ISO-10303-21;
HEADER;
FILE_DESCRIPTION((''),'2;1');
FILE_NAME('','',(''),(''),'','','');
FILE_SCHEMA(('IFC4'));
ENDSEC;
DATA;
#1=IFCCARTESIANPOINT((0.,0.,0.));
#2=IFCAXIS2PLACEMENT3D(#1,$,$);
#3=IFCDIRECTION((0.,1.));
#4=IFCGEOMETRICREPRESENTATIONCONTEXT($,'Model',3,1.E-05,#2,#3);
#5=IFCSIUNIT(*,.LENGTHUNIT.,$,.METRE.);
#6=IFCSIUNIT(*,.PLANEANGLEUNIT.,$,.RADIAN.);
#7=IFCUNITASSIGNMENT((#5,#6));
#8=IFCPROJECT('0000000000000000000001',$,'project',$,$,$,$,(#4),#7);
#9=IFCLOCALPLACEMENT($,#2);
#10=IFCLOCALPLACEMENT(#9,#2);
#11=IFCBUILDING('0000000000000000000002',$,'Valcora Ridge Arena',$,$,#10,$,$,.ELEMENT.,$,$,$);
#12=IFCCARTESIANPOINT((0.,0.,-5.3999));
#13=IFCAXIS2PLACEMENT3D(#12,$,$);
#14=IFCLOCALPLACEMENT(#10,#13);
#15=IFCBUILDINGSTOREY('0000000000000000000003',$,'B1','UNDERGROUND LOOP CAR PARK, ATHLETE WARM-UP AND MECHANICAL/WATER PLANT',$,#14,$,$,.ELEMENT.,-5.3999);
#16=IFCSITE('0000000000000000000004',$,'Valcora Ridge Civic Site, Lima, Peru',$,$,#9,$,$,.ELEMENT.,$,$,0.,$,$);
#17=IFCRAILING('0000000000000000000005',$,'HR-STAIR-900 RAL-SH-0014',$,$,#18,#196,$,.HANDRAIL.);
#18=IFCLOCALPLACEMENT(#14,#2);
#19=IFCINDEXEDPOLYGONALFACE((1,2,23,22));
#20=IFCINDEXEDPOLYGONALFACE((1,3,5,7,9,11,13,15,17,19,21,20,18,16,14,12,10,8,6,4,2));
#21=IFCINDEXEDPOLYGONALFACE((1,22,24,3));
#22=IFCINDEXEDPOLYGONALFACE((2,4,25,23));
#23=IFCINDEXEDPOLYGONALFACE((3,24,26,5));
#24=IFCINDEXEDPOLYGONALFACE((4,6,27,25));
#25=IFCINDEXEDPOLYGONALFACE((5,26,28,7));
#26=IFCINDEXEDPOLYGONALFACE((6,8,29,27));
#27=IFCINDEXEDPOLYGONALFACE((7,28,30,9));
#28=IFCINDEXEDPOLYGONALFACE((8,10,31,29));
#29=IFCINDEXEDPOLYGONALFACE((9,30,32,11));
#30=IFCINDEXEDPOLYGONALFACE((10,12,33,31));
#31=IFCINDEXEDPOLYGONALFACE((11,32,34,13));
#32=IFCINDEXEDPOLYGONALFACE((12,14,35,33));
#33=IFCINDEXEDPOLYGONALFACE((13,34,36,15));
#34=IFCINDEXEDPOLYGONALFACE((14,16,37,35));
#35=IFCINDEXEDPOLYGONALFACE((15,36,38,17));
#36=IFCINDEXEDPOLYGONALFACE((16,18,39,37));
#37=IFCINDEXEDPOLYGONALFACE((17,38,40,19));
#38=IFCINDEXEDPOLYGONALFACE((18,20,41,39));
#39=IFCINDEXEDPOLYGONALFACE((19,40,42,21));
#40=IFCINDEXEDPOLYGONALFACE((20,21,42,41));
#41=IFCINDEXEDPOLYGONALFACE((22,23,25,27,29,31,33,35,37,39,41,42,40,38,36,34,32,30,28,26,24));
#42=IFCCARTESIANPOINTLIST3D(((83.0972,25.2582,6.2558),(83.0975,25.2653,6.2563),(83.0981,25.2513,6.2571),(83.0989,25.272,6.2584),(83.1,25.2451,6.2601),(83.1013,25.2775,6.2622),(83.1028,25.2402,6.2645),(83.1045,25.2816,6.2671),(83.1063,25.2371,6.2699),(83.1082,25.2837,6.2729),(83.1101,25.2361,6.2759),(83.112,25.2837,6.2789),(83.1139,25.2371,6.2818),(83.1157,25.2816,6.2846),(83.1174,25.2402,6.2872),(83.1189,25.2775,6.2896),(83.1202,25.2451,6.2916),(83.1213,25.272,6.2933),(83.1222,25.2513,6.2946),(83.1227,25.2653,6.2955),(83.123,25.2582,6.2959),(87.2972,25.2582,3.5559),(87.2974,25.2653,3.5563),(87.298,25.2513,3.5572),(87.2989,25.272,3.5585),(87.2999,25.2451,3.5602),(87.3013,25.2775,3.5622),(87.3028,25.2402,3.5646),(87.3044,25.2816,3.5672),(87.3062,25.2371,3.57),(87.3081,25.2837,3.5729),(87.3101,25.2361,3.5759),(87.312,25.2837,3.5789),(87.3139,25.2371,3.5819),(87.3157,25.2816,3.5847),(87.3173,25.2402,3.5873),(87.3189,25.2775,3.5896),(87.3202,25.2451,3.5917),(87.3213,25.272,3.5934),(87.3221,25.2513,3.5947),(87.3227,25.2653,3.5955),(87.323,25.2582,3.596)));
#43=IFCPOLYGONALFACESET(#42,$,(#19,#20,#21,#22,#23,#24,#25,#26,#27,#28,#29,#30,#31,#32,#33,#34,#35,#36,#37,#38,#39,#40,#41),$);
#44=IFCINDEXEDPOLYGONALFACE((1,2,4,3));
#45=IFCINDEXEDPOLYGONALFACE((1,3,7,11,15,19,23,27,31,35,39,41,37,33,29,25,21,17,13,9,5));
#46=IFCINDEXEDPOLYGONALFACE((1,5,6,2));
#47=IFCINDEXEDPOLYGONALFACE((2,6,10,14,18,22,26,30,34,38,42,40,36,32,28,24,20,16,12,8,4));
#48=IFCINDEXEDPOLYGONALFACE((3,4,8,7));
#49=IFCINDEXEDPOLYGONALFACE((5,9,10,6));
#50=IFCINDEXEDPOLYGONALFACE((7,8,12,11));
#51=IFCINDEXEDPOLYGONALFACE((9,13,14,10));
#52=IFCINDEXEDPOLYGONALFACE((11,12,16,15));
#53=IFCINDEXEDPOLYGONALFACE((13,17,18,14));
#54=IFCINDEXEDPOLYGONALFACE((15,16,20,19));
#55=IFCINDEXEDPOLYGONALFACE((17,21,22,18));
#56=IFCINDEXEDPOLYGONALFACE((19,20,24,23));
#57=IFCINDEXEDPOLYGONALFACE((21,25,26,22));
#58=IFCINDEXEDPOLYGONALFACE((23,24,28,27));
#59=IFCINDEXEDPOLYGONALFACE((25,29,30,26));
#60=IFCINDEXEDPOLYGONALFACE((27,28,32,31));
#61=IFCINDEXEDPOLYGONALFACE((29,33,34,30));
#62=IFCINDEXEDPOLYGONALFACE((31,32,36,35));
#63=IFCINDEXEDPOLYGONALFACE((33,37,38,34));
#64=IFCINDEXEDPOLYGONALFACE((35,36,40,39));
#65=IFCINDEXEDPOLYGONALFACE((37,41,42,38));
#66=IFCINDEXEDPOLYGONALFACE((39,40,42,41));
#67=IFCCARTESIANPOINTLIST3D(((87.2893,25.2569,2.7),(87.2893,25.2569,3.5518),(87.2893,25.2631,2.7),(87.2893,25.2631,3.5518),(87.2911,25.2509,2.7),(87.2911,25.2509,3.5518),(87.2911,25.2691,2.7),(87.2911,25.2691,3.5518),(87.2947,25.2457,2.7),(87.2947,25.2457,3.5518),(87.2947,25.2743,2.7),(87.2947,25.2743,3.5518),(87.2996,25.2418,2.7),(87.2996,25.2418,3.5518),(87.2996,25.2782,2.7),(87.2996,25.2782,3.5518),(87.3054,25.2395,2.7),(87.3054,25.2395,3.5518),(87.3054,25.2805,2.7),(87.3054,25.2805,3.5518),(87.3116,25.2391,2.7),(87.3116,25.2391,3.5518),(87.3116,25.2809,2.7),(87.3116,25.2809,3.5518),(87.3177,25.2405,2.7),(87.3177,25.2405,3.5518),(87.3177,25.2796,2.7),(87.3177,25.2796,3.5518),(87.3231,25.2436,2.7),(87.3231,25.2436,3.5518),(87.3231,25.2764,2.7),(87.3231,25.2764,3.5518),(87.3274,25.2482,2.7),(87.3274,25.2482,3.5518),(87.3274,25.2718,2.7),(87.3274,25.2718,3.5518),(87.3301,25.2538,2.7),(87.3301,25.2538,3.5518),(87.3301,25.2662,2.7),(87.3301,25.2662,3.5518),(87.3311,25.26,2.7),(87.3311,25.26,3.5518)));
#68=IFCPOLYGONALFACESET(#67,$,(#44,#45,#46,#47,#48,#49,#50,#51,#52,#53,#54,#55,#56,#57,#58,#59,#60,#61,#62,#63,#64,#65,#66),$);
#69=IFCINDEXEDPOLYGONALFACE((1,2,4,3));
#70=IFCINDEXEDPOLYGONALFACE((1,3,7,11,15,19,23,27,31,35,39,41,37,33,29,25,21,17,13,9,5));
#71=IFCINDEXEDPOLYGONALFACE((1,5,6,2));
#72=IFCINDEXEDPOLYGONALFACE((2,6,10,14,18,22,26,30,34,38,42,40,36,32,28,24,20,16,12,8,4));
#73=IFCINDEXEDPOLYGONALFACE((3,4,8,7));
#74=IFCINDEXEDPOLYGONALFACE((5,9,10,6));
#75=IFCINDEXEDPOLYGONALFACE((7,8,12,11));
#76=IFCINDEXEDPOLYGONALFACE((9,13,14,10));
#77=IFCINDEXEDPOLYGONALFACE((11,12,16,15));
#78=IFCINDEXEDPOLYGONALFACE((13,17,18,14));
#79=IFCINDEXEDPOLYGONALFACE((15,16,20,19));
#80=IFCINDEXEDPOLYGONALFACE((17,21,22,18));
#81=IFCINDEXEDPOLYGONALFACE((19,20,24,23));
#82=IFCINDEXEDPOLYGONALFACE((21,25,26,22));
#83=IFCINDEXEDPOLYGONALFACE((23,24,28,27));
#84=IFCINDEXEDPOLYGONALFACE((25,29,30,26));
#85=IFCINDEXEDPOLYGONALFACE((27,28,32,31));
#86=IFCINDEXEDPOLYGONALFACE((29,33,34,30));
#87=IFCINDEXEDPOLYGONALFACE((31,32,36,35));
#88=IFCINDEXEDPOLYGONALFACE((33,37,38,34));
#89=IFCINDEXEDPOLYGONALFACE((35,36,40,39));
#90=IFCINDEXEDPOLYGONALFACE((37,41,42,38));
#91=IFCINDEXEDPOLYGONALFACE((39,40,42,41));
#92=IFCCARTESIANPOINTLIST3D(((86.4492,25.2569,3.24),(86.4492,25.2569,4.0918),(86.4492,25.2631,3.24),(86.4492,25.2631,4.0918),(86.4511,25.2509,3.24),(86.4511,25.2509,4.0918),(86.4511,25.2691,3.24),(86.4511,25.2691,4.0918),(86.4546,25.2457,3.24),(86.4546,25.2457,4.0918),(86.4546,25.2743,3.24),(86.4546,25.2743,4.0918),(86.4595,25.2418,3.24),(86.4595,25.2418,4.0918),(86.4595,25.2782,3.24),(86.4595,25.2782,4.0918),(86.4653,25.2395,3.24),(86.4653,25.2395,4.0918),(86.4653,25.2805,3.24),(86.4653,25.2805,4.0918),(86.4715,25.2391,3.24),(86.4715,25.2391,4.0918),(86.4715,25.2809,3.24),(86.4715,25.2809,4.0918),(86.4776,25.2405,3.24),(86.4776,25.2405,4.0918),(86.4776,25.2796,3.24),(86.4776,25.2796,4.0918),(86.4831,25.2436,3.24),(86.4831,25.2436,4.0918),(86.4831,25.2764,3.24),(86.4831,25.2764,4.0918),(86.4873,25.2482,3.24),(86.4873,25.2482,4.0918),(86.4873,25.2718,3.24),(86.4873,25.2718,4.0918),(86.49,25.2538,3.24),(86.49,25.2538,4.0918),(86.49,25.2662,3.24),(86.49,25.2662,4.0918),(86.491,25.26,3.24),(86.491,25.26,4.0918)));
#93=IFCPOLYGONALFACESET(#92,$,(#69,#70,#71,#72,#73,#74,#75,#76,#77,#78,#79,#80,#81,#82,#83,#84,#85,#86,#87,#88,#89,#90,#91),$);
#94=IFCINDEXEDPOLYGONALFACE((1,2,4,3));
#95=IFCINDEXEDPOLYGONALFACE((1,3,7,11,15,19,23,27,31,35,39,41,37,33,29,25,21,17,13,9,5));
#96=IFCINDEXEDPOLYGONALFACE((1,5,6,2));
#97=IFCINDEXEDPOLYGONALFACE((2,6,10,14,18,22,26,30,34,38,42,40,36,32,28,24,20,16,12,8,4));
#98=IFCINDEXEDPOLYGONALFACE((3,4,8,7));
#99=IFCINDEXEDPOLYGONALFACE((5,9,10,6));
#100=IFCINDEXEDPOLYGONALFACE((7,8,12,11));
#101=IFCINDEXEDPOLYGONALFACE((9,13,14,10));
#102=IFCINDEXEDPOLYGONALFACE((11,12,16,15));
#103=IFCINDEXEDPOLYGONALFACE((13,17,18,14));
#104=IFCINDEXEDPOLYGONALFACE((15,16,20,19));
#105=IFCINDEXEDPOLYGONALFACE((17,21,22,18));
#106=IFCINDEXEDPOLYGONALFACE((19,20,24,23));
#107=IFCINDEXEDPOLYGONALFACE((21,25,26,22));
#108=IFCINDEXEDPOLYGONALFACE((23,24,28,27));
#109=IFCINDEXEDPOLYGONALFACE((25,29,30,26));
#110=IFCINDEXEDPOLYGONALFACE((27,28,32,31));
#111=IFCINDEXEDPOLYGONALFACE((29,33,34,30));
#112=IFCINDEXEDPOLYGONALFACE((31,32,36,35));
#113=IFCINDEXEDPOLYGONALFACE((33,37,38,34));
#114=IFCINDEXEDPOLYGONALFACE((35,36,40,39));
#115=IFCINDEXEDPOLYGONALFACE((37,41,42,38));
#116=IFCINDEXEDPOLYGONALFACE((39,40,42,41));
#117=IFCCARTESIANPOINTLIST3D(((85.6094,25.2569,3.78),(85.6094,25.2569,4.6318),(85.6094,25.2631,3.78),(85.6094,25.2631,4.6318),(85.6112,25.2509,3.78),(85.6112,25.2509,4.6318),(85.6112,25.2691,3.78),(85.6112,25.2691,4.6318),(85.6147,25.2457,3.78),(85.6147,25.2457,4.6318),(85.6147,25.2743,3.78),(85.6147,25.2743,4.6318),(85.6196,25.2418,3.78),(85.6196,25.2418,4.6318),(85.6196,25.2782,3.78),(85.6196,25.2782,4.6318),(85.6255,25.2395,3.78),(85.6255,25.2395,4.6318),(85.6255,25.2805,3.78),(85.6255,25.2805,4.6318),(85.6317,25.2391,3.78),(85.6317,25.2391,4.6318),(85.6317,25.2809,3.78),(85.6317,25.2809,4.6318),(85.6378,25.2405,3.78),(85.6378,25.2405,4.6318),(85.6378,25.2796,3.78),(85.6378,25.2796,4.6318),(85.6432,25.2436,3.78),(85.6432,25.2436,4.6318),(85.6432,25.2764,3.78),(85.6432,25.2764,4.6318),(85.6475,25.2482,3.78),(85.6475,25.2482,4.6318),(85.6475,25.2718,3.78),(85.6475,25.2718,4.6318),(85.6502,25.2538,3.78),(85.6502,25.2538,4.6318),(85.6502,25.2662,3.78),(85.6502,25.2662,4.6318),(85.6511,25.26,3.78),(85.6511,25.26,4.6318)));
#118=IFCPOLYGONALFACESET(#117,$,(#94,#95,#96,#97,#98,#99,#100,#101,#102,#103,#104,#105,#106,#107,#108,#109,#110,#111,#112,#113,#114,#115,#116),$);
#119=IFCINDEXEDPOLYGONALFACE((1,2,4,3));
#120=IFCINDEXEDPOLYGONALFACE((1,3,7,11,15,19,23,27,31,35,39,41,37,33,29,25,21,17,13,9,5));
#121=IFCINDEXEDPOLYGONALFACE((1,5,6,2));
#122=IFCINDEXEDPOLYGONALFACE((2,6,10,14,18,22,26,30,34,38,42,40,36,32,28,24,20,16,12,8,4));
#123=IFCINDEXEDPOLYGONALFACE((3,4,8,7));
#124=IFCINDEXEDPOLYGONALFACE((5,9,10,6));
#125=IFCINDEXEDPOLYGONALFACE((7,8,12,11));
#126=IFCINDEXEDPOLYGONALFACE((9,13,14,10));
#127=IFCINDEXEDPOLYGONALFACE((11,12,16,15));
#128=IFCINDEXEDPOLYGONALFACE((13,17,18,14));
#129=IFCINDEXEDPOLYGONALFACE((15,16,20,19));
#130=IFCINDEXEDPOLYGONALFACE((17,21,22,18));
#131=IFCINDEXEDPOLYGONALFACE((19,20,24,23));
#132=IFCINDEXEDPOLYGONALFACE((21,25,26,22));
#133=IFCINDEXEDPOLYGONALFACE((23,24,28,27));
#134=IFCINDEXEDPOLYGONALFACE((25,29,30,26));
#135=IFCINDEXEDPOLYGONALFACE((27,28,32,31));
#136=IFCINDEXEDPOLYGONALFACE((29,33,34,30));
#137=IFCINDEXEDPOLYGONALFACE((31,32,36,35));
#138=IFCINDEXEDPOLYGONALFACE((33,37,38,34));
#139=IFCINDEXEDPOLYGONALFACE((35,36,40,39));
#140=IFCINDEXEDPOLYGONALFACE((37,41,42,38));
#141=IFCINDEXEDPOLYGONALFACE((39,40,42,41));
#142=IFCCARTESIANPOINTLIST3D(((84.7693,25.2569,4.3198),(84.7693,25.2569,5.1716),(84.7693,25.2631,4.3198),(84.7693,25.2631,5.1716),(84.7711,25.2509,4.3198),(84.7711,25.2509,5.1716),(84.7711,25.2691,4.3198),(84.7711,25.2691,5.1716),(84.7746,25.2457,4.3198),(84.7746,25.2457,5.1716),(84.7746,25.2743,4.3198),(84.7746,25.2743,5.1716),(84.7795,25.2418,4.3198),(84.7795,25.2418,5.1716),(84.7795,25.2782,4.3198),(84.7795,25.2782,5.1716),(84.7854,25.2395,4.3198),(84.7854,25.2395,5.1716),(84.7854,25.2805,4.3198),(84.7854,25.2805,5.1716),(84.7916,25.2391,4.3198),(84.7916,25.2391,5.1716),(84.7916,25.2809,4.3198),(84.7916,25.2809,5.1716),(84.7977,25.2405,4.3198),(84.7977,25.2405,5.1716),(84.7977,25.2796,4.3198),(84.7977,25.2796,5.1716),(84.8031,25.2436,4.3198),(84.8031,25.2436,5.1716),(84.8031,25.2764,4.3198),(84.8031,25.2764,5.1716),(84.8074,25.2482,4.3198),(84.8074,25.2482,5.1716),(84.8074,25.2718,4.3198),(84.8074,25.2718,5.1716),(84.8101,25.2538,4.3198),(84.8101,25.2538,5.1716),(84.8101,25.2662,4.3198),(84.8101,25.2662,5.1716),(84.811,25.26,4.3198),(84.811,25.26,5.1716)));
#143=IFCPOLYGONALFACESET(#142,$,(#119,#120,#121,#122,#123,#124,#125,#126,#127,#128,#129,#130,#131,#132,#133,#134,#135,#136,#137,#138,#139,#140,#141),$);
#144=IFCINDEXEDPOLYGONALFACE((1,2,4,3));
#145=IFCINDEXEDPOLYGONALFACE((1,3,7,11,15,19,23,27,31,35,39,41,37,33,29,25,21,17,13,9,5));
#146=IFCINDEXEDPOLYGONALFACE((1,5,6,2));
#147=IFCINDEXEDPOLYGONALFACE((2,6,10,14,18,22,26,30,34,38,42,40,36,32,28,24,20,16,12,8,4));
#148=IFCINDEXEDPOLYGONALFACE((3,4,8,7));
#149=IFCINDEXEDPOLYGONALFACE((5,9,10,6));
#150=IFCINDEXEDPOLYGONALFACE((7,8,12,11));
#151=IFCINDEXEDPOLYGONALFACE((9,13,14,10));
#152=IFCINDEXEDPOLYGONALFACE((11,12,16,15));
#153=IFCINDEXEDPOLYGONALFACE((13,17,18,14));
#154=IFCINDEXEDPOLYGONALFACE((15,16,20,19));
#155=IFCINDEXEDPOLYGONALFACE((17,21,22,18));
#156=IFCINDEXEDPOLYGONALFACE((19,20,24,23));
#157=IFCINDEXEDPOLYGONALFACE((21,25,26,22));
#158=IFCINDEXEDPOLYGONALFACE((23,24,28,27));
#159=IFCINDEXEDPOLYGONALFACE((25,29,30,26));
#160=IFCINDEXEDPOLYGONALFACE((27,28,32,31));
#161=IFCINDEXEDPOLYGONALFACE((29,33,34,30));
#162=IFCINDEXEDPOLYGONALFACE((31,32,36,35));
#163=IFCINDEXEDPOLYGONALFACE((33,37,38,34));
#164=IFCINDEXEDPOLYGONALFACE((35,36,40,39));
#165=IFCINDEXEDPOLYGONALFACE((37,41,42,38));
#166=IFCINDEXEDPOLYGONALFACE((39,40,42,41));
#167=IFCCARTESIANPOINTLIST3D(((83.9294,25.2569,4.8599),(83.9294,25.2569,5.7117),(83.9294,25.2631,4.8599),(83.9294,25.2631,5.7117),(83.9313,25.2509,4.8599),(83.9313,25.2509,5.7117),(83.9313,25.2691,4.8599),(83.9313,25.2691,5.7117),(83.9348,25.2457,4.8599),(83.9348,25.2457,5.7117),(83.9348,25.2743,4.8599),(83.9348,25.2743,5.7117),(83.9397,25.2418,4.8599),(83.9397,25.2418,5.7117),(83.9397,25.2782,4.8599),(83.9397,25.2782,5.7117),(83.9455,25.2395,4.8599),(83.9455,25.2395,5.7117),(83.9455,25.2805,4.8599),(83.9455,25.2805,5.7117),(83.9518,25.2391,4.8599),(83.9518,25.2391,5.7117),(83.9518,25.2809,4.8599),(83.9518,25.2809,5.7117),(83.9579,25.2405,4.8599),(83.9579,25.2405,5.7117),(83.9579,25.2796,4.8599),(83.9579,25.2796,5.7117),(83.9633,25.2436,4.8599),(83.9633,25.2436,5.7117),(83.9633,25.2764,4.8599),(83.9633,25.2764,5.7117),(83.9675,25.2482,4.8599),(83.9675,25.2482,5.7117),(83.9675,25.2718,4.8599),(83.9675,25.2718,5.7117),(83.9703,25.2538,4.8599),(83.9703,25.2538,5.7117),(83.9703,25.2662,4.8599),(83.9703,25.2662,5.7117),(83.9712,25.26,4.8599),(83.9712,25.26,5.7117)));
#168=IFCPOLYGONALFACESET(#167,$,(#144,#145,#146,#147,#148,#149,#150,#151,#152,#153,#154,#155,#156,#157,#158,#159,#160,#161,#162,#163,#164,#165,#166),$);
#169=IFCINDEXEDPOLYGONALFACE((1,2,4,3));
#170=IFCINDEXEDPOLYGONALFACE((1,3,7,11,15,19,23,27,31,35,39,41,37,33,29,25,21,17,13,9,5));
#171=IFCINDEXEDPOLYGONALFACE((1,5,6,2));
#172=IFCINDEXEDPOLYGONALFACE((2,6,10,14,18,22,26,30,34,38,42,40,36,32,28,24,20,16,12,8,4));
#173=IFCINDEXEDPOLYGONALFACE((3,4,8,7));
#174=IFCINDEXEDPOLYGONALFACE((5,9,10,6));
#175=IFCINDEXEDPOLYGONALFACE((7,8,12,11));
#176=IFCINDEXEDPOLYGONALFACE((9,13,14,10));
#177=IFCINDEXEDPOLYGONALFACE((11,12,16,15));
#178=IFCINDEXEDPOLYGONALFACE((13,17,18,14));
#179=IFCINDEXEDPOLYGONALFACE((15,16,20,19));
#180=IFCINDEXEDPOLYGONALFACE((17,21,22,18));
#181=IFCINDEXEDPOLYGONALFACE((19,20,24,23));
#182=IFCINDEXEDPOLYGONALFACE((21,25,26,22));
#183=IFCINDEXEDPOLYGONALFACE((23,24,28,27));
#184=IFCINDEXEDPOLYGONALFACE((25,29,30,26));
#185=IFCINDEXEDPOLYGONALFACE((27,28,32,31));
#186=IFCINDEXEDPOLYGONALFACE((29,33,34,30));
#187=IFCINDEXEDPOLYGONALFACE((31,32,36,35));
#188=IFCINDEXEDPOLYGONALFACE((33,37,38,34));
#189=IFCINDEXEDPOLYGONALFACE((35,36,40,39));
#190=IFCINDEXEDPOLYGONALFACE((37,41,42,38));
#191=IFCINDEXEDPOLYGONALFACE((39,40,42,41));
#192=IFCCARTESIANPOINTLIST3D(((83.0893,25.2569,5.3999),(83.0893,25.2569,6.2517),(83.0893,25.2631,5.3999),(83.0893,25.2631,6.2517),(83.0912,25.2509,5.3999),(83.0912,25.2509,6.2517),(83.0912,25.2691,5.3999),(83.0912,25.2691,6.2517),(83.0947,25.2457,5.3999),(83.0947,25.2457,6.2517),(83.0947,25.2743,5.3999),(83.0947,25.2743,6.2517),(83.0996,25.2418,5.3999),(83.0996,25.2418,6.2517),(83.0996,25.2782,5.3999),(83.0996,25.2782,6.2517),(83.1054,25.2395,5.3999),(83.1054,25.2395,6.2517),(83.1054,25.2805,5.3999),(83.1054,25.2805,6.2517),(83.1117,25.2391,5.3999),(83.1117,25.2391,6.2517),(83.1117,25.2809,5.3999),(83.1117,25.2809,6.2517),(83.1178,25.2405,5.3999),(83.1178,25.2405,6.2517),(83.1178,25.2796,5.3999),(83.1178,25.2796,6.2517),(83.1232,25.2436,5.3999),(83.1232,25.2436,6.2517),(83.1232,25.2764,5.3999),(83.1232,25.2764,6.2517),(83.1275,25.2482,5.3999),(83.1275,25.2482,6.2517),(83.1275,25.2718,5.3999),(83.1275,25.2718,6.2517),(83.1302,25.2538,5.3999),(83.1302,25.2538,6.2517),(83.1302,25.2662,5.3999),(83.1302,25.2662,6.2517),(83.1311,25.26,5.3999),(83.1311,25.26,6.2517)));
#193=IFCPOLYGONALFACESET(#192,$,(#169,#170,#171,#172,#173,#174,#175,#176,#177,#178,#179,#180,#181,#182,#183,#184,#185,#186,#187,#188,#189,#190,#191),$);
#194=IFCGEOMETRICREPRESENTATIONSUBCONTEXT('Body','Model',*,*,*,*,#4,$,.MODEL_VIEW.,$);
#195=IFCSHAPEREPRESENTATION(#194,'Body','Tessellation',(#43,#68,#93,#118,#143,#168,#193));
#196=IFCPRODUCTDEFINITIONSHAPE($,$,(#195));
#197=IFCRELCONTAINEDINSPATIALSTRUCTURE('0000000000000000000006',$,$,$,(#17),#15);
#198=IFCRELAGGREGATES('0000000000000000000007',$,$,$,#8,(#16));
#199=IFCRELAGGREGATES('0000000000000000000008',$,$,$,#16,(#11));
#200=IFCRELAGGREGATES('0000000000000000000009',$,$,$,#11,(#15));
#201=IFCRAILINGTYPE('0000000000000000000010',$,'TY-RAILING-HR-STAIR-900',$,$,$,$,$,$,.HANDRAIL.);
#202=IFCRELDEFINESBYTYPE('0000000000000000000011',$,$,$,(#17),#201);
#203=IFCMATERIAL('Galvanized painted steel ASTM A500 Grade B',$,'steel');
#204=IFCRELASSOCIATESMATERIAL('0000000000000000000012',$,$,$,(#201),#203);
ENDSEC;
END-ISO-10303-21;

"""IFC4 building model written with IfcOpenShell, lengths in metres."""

from ifc_helpers import new_model, si_unit, direction, frame, origin, origin_2d, place, context, subcontext, project, spatial, circle, extrude, material, type_object, element, save


model = new_model("IFC4")

# Units and contexts
model_context = context("Model", 3, precision=1e-05, world=origin(), true_north=direction((0.0, 1.0)))
body_context = subcontext(model_context, "Body", "Model", "MODEL_VIEW")
ifc_project = project(units=[si_unit("LENGTHUNIT", "METRE"), si_unit("PLANEANGLEUNIT", "RADIAN")], contexts=[model_context])

# Site, building, storey
site_placement = place(None, origin())
site = spatial("IfcSite", under=ifc_project, at=site_placement, Name="Valcora Ridge Civic Site, Lima, Peru", CompositionType="ELEMENT", RefElevation=0.0)
building_placement = place(site_placement, origin())
building = spatial("IfcBuilding", under=site, at=building_placement, Name="Valcora Ridge Arena", CompositionType="ELEMENT")
storey_placement = place(building_placement, frame((0.0, 0.0, -5.3999)))
storey = spatial("IfcBuildingStorey", under=building, at=storey_placement, Name="B1", Description="UNDERGROUND LOOP CAR PARK, ATHLETE WARM-UP AND MECHANICAL/WATER PLANT", CompositionType="ELEMENT", Elevation=-5.3999)

# Railing
ifc_material_1 = material(Name="Galvanized painted steel ASTM A500 Grade B", Category="steel")
railing_type_1 = type_object("IfcRailingType", Name="TY-RAILING-HR-STAIR-900", PredefinedType="HANDRAIL", material=ifc_material_1)
railing_1_placement = place(storey_placement, frame((87.3101, 25.26, 2.7)))
element("IfcRailing", 1, at=railing_1_placement, inside=storey, type_object=railing_type_1, Name="HR-STAIR-900 RAL-SH-0014", PredefinedType="HANDRAIL", context=body_context, shape_type="SweptSolid", body=[
    extrude(circle(Radius=0.0239, at=origin_2d()), frame((0.0, 0.0, 0.876), z_axis=(-0.84118, 0.0, 0.540755), x_axis=(0.0, -1.0, 0.0)), (0.0, 0.0, 1.0), 4.9929),
    extrude(circle(Radius=0.021, at=origin_2d()), origin(), (0.0, 0.0, 1.0), 0.8518),
    extrude(circle(Radius=0.021, at=origin_2d()), frame((-0.8401, 0.0, 0.54)), (0.0, 0.0, 1.0), 0.8518),
    extrude(circle(Radius=0.021, at=origin_2d()), frame((-1.6799, 0.0, 1.0801)), (0.0, 0.0, 1.0), 0.8518),
    extrude(circle(Radius=0.021, at=origin_2d()), frame((-2.52, 0.0, 1.6199)), (0.0, 0.0, 1.0), 0.8518),
    extrude(circle(Radius=0.021, at=origin_2d()), frame((-3.3599, 0.0, 2.1599)), (0.0, 0.0, 1.0), 0.8518),
    extrude(circle(Radius=0.021, at=origin_2d()), frame((-4.2, 0.0, 2.7)), (0.0, 0.0, 1.0), 0.8518),
])

save(model, "model.ifc")
